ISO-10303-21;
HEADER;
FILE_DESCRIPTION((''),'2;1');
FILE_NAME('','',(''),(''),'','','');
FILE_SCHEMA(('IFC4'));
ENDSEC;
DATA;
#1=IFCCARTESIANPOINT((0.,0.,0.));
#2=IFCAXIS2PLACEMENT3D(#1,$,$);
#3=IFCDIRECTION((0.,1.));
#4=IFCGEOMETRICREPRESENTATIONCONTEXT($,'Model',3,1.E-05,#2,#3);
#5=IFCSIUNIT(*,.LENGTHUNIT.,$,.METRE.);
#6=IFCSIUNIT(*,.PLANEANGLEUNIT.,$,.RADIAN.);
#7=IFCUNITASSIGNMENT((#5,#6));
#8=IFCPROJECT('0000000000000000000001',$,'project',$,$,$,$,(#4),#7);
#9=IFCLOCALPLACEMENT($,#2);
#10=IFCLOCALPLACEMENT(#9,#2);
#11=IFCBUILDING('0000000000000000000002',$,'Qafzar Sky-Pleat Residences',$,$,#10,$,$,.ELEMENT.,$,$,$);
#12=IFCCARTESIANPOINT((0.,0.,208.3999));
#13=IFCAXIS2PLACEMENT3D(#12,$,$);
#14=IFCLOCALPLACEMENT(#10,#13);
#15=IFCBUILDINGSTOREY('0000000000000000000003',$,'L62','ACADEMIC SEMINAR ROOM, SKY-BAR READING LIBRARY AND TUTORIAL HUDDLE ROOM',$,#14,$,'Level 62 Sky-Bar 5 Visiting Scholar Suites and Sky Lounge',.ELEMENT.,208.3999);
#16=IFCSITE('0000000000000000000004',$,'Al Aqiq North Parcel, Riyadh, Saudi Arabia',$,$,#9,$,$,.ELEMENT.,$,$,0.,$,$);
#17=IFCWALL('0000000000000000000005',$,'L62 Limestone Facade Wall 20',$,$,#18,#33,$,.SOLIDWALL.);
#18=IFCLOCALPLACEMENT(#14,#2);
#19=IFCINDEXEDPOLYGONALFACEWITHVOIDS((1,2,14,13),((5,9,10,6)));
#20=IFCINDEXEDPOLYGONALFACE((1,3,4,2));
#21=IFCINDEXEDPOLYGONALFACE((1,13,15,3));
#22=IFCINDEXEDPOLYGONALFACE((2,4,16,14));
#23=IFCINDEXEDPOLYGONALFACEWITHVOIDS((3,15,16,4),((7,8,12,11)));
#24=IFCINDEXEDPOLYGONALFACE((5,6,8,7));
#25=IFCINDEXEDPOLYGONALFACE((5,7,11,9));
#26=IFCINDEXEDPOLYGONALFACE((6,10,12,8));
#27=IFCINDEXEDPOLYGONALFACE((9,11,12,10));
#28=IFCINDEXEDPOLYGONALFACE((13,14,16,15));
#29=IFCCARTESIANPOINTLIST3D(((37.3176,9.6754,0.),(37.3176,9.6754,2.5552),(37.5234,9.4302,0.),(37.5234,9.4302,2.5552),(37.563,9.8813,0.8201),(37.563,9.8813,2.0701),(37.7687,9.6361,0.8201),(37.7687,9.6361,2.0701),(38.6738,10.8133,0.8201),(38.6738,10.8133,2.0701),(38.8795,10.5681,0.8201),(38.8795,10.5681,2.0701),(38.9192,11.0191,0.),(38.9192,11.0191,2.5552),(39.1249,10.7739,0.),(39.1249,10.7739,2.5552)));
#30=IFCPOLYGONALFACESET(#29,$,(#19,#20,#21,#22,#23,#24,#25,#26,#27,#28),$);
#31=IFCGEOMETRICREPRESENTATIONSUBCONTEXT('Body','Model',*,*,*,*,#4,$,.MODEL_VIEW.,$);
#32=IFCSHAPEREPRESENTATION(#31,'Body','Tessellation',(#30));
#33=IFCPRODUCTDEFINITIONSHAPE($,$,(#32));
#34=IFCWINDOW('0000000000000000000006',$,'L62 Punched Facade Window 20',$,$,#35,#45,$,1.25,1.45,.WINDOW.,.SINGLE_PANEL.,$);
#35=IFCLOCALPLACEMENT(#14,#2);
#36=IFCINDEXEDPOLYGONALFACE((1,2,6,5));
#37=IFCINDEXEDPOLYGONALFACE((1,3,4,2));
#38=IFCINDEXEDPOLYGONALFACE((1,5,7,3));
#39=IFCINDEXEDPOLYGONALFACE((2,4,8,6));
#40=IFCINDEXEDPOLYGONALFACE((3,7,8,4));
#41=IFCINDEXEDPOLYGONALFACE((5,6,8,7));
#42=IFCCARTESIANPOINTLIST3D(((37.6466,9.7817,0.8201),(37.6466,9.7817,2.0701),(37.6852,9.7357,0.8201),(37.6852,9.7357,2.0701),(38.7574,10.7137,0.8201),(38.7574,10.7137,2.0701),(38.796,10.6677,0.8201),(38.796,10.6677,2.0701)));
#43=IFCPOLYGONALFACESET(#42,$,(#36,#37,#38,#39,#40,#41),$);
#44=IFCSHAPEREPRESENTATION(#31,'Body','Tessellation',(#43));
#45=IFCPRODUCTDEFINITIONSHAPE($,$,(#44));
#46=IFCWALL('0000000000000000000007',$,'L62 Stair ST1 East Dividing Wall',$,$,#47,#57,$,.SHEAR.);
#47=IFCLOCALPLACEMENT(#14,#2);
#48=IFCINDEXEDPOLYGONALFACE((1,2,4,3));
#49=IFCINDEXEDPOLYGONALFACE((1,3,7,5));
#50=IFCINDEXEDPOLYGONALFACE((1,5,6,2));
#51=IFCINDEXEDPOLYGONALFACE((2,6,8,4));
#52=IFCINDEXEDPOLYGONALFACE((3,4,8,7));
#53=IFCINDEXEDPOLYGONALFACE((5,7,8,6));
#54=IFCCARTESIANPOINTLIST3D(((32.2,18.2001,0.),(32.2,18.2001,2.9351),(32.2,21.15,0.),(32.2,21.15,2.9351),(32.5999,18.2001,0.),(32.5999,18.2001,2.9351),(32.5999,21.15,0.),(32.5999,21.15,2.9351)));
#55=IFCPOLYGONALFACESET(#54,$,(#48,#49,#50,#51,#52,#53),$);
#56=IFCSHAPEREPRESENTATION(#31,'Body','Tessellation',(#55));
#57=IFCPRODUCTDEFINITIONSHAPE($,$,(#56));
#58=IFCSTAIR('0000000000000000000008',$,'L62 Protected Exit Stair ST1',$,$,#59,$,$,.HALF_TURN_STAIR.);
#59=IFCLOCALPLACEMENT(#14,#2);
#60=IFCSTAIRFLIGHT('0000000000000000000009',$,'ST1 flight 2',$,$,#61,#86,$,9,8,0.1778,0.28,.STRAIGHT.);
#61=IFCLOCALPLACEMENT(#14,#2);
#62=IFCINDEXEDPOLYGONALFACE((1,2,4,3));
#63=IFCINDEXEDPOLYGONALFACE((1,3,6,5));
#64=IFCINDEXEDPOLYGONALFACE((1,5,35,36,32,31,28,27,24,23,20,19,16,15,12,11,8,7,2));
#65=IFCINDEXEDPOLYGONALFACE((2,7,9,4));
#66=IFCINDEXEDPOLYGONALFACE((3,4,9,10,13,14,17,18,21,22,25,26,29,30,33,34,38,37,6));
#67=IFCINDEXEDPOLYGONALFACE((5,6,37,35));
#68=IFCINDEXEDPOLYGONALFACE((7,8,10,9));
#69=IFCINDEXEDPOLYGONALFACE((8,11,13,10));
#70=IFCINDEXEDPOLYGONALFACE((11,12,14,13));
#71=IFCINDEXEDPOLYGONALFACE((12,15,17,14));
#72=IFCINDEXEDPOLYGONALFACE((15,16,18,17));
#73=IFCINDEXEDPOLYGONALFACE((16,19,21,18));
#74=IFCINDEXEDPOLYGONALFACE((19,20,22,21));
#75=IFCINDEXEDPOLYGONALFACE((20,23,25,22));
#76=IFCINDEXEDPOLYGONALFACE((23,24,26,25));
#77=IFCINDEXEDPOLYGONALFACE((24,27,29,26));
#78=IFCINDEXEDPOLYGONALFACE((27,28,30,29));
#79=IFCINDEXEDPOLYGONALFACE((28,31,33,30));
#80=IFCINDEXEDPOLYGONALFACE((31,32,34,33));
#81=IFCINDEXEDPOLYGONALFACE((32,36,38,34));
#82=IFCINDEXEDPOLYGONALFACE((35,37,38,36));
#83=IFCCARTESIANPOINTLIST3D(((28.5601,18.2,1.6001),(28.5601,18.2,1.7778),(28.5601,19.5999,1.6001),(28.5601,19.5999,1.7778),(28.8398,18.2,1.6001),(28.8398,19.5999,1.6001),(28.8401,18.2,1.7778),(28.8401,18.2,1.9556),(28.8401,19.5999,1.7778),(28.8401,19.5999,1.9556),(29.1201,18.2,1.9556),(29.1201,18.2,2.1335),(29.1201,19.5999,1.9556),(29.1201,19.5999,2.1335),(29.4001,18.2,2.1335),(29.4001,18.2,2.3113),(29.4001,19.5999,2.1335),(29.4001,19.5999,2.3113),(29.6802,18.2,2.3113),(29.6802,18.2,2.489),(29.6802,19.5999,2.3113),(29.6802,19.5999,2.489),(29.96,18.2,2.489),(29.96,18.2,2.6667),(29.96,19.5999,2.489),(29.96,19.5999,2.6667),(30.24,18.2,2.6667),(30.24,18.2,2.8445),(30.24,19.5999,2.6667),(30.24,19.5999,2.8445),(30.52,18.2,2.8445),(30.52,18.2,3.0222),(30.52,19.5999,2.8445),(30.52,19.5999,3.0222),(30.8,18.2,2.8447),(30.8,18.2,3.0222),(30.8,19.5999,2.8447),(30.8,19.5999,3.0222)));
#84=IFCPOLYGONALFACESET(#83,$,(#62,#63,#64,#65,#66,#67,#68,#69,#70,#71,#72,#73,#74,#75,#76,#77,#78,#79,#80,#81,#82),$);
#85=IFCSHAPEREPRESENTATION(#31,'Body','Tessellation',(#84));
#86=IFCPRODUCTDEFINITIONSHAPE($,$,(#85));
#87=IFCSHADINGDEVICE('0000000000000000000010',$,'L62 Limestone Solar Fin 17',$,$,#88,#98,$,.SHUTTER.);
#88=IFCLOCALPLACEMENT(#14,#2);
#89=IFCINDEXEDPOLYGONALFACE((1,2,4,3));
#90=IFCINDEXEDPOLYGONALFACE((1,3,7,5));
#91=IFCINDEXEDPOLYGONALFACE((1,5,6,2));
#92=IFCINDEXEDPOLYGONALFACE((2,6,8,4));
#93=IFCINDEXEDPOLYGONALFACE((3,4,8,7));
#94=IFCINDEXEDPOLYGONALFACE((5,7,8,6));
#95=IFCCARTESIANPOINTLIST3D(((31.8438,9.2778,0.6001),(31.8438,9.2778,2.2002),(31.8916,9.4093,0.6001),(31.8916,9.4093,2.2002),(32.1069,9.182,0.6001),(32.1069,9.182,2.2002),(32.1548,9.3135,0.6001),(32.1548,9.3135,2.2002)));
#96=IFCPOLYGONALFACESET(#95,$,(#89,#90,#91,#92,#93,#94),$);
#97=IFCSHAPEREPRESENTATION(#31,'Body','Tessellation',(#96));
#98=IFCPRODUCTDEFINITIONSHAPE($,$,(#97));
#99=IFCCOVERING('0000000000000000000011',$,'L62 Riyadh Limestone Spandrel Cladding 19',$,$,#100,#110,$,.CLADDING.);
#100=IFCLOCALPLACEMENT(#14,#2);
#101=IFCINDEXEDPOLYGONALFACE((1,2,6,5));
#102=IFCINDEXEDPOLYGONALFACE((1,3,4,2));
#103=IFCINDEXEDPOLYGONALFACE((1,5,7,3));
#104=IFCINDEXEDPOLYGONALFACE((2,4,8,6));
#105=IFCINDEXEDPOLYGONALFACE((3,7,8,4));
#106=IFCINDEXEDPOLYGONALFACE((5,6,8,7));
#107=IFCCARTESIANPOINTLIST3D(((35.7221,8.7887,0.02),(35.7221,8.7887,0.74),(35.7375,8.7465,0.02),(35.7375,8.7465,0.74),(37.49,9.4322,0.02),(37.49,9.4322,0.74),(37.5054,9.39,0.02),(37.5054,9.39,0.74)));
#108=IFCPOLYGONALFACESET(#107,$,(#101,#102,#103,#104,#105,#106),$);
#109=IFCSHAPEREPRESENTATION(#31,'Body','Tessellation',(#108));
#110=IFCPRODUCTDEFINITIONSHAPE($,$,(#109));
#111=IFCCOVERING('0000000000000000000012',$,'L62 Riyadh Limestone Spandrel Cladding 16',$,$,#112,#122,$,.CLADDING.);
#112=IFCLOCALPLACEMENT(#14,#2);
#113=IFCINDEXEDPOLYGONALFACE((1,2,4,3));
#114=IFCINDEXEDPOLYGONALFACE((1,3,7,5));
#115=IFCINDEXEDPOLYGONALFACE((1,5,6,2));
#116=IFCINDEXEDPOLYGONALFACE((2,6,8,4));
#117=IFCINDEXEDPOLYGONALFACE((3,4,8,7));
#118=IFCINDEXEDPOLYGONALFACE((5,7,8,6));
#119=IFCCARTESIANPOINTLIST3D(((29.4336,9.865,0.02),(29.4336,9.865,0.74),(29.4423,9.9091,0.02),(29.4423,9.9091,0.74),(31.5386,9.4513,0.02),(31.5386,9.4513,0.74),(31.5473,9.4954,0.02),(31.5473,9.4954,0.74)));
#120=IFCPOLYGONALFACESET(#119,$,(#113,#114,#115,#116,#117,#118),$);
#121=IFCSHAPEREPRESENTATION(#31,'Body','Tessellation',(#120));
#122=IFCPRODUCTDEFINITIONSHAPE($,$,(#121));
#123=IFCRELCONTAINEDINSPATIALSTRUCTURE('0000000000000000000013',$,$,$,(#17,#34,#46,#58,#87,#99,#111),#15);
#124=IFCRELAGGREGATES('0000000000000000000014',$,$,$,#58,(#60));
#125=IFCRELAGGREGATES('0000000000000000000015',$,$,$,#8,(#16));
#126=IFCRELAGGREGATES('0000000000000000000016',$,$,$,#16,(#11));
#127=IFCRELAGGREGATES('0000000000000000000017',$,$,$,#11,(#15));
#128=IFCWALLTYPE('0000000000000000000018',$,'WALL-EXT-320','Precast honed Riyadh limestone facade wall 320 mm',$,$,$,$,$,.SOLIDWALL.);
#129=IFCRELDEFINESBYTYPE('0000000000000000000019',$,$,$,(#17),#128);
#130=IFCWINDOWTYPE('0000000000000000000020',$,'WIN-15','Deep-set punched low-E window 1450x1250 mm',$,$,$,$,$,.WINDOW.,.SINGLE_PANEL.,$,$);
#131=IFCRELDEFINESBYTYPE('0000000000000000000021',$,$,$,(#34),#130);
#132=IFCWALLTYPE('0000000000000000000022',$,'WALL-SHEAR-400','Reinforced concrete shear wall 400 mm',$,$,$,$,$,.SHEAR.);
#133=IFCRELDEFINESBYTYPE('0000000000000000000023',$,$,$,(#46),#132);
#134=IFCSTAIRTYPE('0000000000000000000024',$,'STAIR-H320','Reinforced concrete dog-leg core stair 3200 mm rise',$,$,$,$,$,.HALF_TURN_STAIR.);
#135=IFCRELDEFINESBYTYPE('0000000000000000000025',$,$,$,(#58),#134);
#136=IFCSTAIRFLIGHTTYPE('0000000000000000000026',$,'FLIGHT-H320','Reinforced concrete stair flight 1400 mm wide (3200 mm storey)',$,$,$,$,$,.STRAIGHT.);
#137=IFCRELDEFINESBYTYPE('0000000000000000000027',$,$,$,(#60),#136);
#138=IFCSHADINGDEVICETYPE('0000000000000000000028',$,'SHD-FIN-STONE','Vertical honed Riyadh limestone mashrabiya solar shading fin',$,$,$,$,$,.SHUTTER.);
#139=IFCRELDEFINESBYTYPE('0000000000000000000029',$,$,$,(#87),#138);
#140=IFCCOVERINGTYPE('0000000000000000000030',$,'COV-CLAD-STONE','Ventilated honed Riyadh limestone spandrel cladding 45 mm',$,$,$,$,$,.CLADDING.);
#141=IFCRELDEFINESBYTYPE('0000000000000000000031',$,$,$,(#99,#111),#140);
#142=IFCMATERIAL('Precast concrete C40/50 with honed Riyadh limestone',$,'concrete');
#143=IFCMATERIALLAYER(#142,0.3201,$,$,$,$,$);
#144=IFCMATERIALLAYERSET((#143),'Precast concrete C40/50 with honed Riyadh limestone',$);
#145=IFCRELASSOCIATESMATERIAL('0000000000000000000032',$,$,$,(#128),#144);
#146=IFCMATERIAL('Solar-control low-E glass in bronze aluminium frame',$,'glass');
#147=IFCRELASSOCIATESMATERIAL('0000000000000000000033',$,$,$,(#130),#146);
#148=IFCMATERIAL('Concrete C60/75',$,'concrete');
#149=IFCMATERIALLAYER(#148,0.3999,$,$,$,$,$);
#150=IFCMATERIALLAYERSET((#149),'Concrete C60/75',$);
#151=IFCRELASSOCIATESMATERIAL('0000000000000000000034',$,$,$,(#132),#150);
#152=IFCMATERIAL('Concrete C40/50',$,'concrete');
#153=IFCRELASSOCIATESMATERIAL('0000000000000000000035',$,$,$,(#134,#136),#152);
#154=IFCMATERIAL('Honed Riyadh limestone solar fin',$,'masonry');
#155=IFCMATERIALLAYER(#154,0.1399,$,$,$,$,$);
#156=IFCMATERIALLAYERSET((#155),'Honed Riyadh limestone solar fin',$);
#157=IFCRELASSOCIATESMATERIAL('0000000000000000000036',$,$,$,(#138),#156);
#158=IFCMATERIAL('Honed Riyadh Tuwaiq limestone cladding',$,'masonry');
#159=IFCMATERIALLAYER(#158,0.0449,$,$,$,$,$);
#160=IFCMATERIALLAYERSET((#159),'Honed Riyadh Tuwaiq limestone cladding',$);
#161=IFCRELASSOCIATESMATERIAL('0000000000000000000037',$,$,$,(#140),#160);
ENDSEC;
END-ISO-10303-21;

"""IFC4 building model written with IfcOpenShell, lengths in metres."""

from ifc_helpers import new_model, si_unit, direction, frame, frame_2d, origin, origin_2d, place, context, subcontext, project, spatial, polyline, rectangle, outline, extrude, source, transform, mapped, material, layer, layer_set, type_object, element, fill, aggregate, save


model = new_model("IFC4")

# Units and contexts
model_context = context("Model", 3, precision=1e-05, world=origin(), true_north=direction((0.0, 1.0)))
body_context = subcontext(model_context, "Body", "Model", "MODEL_VIEW")
ifc_project = project(units=[si_unit("LENGTHUNIT", "METRE"), si_unit("PLANEANGLEUNIT", "RADIAN")], contexts=[model_context])

# Site, building, storey
site_placement = place(None, origin())
site = spatial("IfcSite", under=ifc_project, at=site_placement, Name="Al Aqiq North Parcel, Riyadh, Saudi Arabia", CompositionType="ELEMENT", RefElevation=0.0)
building_placement = place(site_placement, origin())
building = spatial("IfcBuilding", under=site, at=building_placement, Name="Qafzar Sky-Pleat Residences", CompositionType="ELEMENT")
storey_placement = place(building_placement, frame((0.0, 0.0, 208.3999)))
storey = spatial("IfcBuildingStorey", under=building, at=storey_placement, Name="L62", Description="ACADEMIC SEMINAR ROOM, SKY-BAR READING LIBRARY AND TUTORIAL HUDDLE ROOM", LongName="Level 62 Sky-Bar 5 Visiting Scholar Suites and Sky Lounge", CompositionType="ELEMENT", Elevation=208.3999)

# Wall, opening, window
ifc_material_1 = material(Name="Precast concrete C40/50 with honed Riyadh limestone", Category="concrete")
ifc_layer_1 = layer(ifc_material_1, 0.3201)
ifc_layer_set_1 = layer_set([ifc_layer_1], Name="Precast concrete C40/50 with honed Riyadh limestone")
wall_type_1 = type_object("IfcWallType", Name="WALL-EXT-320", Description="Precast honed Riyadh limestone facade wall 320 mm", PredefinedType="SOLIDWALL", material=ifc_layer_set_1)
ifc_material_2 = material(Name="Solar-control low-E glass in bronze aluminium frame", Category="glass")
wall_1_placement = place(storey_placement, frame((37.4204, 9.5527, 0.0), z_axis=(0.0, 0.0, 1.0), x_axis=(0.766073, 0.642754, 0.0)))
wall_1 = element("IfcWall", 1, at=wall_1_placement, inside=storey, type_object=wall_type_1, Name="L62 Limestone Facade Wall 20", PredefinedType="SOLIDWALL", context=body_context, shape_type="SweptSolid", body=[
    extrude(rectangle(XDim=2.0906, YDim=0.3201, at=frame_2d((1.0454, 0.0))), origin(), (0.0, 0.0, 1.0), 2.5552),
])
opening_1_placement = place(wall_1_placement, frame((0.3203, 0.0, 0.8201)))
opening_1 = element("IfcOpeningElement", 2, at=opening_1_placement, cuts=wall_1, PredefinedType="OPENING", context=body_context, shape_type="SweptSolid", body=[
    extrude(rectangle(XDim=1.45, YDim=1.25, at=frame_2d((0.7251, 0.625))), frame((0.0, 0.1699, 0.0), z_axis=(0.0, -1.0, 0.0), x_axis=(1.0, 0.0, 0.0)), (0.0, 0.0, 1.0), 0.3401),
])
window_type_1 = type_object("IfcWindowType", Name="WIN-15", Description="Deep-set punched low-E window 1450x1250 mm", PartitioningType="SINGLE_PANEL", PredefinedType="WINDOW", material=ifc_material_2)
shared_shape_1 = source(origin(), body_context, "Body", "SweptSolid", [
    extrude(rectangle(XDim=1.45, YDim=1.25, at=frame_2d((0.7251, 0.625))), frame((0.0, 0.03, 0.0), z_axis=(0.0, -1.0, 0.0), x_axis=(1.0, 0.0, 0.0)), (0.0, 0.0, 1.0), 0.0601),
])
window_1_placement = place(opening_1_placement, origin())
window_1 = element("IfcWindow", 3, at=window_1_placement, inside=storey, type_object=window_type_1, Name="L62 Punched Facade Window 20", OverallHeight=1.25, OverallWidth=1.45, PartitioningType="SINGLE_PANEL", PredefinedType="WINDOW", context=body_context, shape_type="MappedRepresentation", body=[
    mapped(shared_shape_1, transform((0.0, 0.0, 0.0), x_axis=(1.0, 0.0, 0.0), y_axis=(0.0, 1.0, 0.0), z_axis=(0.0, 0.0, 1.0), scale=1.0)),
])
fill(opening_1, window_1)

# Wall
ifc_material_3 = material(Name="Concrete C60/75", Category="concrete")
ifc_layer_2 = layer(ifc_material_3, 0.3999)
ifc_layer_set_2 = layer_set([ifc_layer_2], Name="Concrete C60/75")
wall_type_2 = type_object("IfcWallType", Name="WALL-SHEAR-400", Description="Reinforced concrete shear wall 400 mm", PredefinedType="SHEAR", material=ifc_layer_set_2)
wall_2_placement = place(storey_placement, frame((32.3999, 18.2, 0.0), z_axis=(0.0, 0.0, 1.0), x_axis=(0.0, 1.0, 0.0)))
element("IfcWall", 4, at=wall_2_placement, inside=storey, type_object=wall_type_2, Name="L62 Stair ST1 East Dividing Wall", PredefinedType="SHEAR", context=body_context, shape_type="SweptSolid", body=[
    extrude(rectangle(XDim=2.95, YDim=0.3999, at=frame_2d((1.4751, 0.0))), origin(), (0.0, 0.0, 1.0), 2.9351),
])

# Stair, stair flight
ifc_material_4 = material(Name="Concrete C40/50", Category="concrete")
stair_type = type_object("IfcStairType", Name="STAIR-H320", Description="Reinforced concrete dog-leg core stair 3200 mm rise", PredefinedType="HALF_TURN_STAIR", material=ifc_material_4)
stair_placement = place(storey_placement, origin())
stair = element("IfcStair", 5, at=stair_placement, inside=storey, type_object=stair_type, Name="L62 Protected Exit Stair ST1", PredefinedType="HALF_TURN_STAIR")
stair_flight_type = type_object("IfcStairFlightType", Name="FLIGHT-H320", Description="Reinforced concrete stair flight 1400 mm wide (3200 mm storey)", PredefinedType="STRAIGHT", material=ifc_material_4)
shared_shape_2 = source(origin(), body_context, "Body", "SweptSolid", [
    extrude(outline(polyline([(0.0, 0.0), (0.0, 0.1777), (0.28, 0.1777), (0.28, 0.3555), (0.5601, 0.3555), (0.5601, 0.5334), (0.8401, 0.5334), (0.8401, 0.7112), (1.1201, 0.7112), (1.1201, 0.8889), (1.3999, 0.8889), (1.3999, 1.0667), (1.6799, 1.0667), (1.6799, 1.2444), (1.96, 1.2444), (1.96, 1.4221), (2.24, 1.4221), (2.24, 1.6001), (2.24, 1.2446), (0.2798, 0.0), (0.0, 0.0)])), frame((0.0, 0.7, 0.0), z_axis=(0.0, -1.0, 0.0), x_axis=(1.0, 0.0, 0.0)), (0.0, 0.0, 1.0), 1.3999),
])
stair_flight_placement = place(storey_placement, frame((28.5601, 18.8999, 1.6001), z_axis=(0.0, 0.0, 1.0), x_axis=(1.0, 0.0, 0.0)))
stair_flight = element("IfcStairFlight", 6, at=stair_flight_placement, type_object=stair_flight_type, Name="ST1 flight 2", NumberOfRisers=9, NumberOfTreads=8, PredefinedType="STRAIGHT", RiserHeight=0.1778, TreadLength=0.28, context=body_context, shape_type="MappedRepresentation", body=[
    mapped(shared_shape_2, transform((0.0, 0.0, 0.0), x_axis=(1.0, 0.0, 0.0), y_axis=(0.0, 1.0, 0.0), z_axis=(0.0, 0.0, 1.0), scale=1.0)),
])
aggregate(stair, [stair_flight])

# Shading device
ifc_material_5 = material(Name="Honed Riyadh limestone solar fin", Category="masonry")
ifc_layer_3 = layer(ifc_material_5, 0.1399)
ifc_layer_set_3 = layer_set([ifc_layer_3], Name="Honed Riyadh limestone solar fin")
shading_device_type = type_object("IfcShadingDeviceType", Name="SHD-FIN-STONE", Description="Vertical honed Riyadh limestone mashrabiya solar shading fin", PredefinedType="SHUTTER", material=ifc_layer_set_3)
shared_shape_3 = source(origin(), body_context, "Body", "SweptSolid", [
    extrude(rectangle(XDim=0.1399, YDim=0.28, at=origin_2d()), origin(), (0.0, 0.0, 1.0), 1.6001),
])
shading_device_placement = place(storey_placement, frame((31.9993, 9.2957, 0.6001), z_axis=(0.0, 0.0, 1.0), x_axis=(-0.342054, -0.93968, 0.0)))
element("IfcShadingDevice", 7, at=shading_device_placement, inside=storey, type_object=shading_device_type, Name="L62 Limestone Solar Fin 17", PredefinedType="SHUTTER", context=body_context, shape_type="MappedRepresentation", body=[
    mapped(shared_shape_3, transform((0.0, 0.0, 0.0), x_axis=(1.0, 0.0, 0.0), y_axis=(0.0, 1.0, 0.0), z_axis=(0.0, 0.0, 1.0), scale=1.0)),
])

# Coverings
ifc_material_6 = material(Name="Honed Riyadh Tuwaiq limestone cladding", Category="masonry")
ifc_layer_4 = layer(ifc_material_6, 0.0449)
ifc_layer_set_4 = layer_set([ifc_layer_4], Name="Honed Riyadh Tuwaiq limestone cladding")
covering_type = type_object("IfcCoveringType", Name="COV-CLAD-STONE", Description="Ventilated honed Riyadh limestone spandrel cladding 45 mm", PredefinedType="CLADDING", material=ifc_layer_set_4)
shared_shape_4 = source(origin(), body_context, "Body", "SweptSolid", [
    extrude(rectangle(XDim=1.8813, YDim=0.0449, at=origin_2d()), origin(), (0.0, 0.0, 1.0), 0.72),
])
covering_1_placement = place(storey_placement, frame((36.6138, 9.0894, 0.02), z_axis=(0.0, 0.0, 1.0), x_axis=(0.939694, 0.342016, 0.0)))
element("IfcCovering", 8, at=covering_1_placement, inside=storey, type_object=covering_type, Name="L62 Riyadh Limestone Spandrel Cladding 19", PredefinedType="CLADDING", context=body_context, shape_type="MappedRepresentation", body=[
    mapped(shared_shape_4, transform((0.0, 0.0, 0.0), x_axis=(1.0, 0.0, 0.0), y_axis=(0.0, 1.0, 0.0), z_axis=(0.0, 0.0, 1.0), scale=1.0)),
])
shared_shape_5 = source(origin(), body_context, "Body", "SweptSolid", [
    extrude(rectangle(XDim=2.1453, YDim=0.0449, at=origin_2d()), origin(), (0.0, 0.0, 1.0), 0.72),
])
covering_2_placement = place(storey_placement, frame((30.4905, 9.6802, 0.02), z_axis=(0.0, 0.0, 1.0), x_axis=(0.981232, -0.192831, 0.0)))
element("IfcCovering", 9, at=covering_2_placement, inside=storey, type_object=covering_type, Name="L62 Riyadh Limestone Spandrel Cladding 16", PredefinedType="CLADDING", context=body_context, shape_type="MappedRepresentation", body=[
    mapped(shared_shape_5, transform((0.0, 0.0, 0.0), x_axis=(1.0, 0.0, 0.0), y_axis=(0.0, 1.0, 0.0), z_axis=(0.0, 0.0, 1.0), scale=1.0)),
])

save(model, "model.ifc")
